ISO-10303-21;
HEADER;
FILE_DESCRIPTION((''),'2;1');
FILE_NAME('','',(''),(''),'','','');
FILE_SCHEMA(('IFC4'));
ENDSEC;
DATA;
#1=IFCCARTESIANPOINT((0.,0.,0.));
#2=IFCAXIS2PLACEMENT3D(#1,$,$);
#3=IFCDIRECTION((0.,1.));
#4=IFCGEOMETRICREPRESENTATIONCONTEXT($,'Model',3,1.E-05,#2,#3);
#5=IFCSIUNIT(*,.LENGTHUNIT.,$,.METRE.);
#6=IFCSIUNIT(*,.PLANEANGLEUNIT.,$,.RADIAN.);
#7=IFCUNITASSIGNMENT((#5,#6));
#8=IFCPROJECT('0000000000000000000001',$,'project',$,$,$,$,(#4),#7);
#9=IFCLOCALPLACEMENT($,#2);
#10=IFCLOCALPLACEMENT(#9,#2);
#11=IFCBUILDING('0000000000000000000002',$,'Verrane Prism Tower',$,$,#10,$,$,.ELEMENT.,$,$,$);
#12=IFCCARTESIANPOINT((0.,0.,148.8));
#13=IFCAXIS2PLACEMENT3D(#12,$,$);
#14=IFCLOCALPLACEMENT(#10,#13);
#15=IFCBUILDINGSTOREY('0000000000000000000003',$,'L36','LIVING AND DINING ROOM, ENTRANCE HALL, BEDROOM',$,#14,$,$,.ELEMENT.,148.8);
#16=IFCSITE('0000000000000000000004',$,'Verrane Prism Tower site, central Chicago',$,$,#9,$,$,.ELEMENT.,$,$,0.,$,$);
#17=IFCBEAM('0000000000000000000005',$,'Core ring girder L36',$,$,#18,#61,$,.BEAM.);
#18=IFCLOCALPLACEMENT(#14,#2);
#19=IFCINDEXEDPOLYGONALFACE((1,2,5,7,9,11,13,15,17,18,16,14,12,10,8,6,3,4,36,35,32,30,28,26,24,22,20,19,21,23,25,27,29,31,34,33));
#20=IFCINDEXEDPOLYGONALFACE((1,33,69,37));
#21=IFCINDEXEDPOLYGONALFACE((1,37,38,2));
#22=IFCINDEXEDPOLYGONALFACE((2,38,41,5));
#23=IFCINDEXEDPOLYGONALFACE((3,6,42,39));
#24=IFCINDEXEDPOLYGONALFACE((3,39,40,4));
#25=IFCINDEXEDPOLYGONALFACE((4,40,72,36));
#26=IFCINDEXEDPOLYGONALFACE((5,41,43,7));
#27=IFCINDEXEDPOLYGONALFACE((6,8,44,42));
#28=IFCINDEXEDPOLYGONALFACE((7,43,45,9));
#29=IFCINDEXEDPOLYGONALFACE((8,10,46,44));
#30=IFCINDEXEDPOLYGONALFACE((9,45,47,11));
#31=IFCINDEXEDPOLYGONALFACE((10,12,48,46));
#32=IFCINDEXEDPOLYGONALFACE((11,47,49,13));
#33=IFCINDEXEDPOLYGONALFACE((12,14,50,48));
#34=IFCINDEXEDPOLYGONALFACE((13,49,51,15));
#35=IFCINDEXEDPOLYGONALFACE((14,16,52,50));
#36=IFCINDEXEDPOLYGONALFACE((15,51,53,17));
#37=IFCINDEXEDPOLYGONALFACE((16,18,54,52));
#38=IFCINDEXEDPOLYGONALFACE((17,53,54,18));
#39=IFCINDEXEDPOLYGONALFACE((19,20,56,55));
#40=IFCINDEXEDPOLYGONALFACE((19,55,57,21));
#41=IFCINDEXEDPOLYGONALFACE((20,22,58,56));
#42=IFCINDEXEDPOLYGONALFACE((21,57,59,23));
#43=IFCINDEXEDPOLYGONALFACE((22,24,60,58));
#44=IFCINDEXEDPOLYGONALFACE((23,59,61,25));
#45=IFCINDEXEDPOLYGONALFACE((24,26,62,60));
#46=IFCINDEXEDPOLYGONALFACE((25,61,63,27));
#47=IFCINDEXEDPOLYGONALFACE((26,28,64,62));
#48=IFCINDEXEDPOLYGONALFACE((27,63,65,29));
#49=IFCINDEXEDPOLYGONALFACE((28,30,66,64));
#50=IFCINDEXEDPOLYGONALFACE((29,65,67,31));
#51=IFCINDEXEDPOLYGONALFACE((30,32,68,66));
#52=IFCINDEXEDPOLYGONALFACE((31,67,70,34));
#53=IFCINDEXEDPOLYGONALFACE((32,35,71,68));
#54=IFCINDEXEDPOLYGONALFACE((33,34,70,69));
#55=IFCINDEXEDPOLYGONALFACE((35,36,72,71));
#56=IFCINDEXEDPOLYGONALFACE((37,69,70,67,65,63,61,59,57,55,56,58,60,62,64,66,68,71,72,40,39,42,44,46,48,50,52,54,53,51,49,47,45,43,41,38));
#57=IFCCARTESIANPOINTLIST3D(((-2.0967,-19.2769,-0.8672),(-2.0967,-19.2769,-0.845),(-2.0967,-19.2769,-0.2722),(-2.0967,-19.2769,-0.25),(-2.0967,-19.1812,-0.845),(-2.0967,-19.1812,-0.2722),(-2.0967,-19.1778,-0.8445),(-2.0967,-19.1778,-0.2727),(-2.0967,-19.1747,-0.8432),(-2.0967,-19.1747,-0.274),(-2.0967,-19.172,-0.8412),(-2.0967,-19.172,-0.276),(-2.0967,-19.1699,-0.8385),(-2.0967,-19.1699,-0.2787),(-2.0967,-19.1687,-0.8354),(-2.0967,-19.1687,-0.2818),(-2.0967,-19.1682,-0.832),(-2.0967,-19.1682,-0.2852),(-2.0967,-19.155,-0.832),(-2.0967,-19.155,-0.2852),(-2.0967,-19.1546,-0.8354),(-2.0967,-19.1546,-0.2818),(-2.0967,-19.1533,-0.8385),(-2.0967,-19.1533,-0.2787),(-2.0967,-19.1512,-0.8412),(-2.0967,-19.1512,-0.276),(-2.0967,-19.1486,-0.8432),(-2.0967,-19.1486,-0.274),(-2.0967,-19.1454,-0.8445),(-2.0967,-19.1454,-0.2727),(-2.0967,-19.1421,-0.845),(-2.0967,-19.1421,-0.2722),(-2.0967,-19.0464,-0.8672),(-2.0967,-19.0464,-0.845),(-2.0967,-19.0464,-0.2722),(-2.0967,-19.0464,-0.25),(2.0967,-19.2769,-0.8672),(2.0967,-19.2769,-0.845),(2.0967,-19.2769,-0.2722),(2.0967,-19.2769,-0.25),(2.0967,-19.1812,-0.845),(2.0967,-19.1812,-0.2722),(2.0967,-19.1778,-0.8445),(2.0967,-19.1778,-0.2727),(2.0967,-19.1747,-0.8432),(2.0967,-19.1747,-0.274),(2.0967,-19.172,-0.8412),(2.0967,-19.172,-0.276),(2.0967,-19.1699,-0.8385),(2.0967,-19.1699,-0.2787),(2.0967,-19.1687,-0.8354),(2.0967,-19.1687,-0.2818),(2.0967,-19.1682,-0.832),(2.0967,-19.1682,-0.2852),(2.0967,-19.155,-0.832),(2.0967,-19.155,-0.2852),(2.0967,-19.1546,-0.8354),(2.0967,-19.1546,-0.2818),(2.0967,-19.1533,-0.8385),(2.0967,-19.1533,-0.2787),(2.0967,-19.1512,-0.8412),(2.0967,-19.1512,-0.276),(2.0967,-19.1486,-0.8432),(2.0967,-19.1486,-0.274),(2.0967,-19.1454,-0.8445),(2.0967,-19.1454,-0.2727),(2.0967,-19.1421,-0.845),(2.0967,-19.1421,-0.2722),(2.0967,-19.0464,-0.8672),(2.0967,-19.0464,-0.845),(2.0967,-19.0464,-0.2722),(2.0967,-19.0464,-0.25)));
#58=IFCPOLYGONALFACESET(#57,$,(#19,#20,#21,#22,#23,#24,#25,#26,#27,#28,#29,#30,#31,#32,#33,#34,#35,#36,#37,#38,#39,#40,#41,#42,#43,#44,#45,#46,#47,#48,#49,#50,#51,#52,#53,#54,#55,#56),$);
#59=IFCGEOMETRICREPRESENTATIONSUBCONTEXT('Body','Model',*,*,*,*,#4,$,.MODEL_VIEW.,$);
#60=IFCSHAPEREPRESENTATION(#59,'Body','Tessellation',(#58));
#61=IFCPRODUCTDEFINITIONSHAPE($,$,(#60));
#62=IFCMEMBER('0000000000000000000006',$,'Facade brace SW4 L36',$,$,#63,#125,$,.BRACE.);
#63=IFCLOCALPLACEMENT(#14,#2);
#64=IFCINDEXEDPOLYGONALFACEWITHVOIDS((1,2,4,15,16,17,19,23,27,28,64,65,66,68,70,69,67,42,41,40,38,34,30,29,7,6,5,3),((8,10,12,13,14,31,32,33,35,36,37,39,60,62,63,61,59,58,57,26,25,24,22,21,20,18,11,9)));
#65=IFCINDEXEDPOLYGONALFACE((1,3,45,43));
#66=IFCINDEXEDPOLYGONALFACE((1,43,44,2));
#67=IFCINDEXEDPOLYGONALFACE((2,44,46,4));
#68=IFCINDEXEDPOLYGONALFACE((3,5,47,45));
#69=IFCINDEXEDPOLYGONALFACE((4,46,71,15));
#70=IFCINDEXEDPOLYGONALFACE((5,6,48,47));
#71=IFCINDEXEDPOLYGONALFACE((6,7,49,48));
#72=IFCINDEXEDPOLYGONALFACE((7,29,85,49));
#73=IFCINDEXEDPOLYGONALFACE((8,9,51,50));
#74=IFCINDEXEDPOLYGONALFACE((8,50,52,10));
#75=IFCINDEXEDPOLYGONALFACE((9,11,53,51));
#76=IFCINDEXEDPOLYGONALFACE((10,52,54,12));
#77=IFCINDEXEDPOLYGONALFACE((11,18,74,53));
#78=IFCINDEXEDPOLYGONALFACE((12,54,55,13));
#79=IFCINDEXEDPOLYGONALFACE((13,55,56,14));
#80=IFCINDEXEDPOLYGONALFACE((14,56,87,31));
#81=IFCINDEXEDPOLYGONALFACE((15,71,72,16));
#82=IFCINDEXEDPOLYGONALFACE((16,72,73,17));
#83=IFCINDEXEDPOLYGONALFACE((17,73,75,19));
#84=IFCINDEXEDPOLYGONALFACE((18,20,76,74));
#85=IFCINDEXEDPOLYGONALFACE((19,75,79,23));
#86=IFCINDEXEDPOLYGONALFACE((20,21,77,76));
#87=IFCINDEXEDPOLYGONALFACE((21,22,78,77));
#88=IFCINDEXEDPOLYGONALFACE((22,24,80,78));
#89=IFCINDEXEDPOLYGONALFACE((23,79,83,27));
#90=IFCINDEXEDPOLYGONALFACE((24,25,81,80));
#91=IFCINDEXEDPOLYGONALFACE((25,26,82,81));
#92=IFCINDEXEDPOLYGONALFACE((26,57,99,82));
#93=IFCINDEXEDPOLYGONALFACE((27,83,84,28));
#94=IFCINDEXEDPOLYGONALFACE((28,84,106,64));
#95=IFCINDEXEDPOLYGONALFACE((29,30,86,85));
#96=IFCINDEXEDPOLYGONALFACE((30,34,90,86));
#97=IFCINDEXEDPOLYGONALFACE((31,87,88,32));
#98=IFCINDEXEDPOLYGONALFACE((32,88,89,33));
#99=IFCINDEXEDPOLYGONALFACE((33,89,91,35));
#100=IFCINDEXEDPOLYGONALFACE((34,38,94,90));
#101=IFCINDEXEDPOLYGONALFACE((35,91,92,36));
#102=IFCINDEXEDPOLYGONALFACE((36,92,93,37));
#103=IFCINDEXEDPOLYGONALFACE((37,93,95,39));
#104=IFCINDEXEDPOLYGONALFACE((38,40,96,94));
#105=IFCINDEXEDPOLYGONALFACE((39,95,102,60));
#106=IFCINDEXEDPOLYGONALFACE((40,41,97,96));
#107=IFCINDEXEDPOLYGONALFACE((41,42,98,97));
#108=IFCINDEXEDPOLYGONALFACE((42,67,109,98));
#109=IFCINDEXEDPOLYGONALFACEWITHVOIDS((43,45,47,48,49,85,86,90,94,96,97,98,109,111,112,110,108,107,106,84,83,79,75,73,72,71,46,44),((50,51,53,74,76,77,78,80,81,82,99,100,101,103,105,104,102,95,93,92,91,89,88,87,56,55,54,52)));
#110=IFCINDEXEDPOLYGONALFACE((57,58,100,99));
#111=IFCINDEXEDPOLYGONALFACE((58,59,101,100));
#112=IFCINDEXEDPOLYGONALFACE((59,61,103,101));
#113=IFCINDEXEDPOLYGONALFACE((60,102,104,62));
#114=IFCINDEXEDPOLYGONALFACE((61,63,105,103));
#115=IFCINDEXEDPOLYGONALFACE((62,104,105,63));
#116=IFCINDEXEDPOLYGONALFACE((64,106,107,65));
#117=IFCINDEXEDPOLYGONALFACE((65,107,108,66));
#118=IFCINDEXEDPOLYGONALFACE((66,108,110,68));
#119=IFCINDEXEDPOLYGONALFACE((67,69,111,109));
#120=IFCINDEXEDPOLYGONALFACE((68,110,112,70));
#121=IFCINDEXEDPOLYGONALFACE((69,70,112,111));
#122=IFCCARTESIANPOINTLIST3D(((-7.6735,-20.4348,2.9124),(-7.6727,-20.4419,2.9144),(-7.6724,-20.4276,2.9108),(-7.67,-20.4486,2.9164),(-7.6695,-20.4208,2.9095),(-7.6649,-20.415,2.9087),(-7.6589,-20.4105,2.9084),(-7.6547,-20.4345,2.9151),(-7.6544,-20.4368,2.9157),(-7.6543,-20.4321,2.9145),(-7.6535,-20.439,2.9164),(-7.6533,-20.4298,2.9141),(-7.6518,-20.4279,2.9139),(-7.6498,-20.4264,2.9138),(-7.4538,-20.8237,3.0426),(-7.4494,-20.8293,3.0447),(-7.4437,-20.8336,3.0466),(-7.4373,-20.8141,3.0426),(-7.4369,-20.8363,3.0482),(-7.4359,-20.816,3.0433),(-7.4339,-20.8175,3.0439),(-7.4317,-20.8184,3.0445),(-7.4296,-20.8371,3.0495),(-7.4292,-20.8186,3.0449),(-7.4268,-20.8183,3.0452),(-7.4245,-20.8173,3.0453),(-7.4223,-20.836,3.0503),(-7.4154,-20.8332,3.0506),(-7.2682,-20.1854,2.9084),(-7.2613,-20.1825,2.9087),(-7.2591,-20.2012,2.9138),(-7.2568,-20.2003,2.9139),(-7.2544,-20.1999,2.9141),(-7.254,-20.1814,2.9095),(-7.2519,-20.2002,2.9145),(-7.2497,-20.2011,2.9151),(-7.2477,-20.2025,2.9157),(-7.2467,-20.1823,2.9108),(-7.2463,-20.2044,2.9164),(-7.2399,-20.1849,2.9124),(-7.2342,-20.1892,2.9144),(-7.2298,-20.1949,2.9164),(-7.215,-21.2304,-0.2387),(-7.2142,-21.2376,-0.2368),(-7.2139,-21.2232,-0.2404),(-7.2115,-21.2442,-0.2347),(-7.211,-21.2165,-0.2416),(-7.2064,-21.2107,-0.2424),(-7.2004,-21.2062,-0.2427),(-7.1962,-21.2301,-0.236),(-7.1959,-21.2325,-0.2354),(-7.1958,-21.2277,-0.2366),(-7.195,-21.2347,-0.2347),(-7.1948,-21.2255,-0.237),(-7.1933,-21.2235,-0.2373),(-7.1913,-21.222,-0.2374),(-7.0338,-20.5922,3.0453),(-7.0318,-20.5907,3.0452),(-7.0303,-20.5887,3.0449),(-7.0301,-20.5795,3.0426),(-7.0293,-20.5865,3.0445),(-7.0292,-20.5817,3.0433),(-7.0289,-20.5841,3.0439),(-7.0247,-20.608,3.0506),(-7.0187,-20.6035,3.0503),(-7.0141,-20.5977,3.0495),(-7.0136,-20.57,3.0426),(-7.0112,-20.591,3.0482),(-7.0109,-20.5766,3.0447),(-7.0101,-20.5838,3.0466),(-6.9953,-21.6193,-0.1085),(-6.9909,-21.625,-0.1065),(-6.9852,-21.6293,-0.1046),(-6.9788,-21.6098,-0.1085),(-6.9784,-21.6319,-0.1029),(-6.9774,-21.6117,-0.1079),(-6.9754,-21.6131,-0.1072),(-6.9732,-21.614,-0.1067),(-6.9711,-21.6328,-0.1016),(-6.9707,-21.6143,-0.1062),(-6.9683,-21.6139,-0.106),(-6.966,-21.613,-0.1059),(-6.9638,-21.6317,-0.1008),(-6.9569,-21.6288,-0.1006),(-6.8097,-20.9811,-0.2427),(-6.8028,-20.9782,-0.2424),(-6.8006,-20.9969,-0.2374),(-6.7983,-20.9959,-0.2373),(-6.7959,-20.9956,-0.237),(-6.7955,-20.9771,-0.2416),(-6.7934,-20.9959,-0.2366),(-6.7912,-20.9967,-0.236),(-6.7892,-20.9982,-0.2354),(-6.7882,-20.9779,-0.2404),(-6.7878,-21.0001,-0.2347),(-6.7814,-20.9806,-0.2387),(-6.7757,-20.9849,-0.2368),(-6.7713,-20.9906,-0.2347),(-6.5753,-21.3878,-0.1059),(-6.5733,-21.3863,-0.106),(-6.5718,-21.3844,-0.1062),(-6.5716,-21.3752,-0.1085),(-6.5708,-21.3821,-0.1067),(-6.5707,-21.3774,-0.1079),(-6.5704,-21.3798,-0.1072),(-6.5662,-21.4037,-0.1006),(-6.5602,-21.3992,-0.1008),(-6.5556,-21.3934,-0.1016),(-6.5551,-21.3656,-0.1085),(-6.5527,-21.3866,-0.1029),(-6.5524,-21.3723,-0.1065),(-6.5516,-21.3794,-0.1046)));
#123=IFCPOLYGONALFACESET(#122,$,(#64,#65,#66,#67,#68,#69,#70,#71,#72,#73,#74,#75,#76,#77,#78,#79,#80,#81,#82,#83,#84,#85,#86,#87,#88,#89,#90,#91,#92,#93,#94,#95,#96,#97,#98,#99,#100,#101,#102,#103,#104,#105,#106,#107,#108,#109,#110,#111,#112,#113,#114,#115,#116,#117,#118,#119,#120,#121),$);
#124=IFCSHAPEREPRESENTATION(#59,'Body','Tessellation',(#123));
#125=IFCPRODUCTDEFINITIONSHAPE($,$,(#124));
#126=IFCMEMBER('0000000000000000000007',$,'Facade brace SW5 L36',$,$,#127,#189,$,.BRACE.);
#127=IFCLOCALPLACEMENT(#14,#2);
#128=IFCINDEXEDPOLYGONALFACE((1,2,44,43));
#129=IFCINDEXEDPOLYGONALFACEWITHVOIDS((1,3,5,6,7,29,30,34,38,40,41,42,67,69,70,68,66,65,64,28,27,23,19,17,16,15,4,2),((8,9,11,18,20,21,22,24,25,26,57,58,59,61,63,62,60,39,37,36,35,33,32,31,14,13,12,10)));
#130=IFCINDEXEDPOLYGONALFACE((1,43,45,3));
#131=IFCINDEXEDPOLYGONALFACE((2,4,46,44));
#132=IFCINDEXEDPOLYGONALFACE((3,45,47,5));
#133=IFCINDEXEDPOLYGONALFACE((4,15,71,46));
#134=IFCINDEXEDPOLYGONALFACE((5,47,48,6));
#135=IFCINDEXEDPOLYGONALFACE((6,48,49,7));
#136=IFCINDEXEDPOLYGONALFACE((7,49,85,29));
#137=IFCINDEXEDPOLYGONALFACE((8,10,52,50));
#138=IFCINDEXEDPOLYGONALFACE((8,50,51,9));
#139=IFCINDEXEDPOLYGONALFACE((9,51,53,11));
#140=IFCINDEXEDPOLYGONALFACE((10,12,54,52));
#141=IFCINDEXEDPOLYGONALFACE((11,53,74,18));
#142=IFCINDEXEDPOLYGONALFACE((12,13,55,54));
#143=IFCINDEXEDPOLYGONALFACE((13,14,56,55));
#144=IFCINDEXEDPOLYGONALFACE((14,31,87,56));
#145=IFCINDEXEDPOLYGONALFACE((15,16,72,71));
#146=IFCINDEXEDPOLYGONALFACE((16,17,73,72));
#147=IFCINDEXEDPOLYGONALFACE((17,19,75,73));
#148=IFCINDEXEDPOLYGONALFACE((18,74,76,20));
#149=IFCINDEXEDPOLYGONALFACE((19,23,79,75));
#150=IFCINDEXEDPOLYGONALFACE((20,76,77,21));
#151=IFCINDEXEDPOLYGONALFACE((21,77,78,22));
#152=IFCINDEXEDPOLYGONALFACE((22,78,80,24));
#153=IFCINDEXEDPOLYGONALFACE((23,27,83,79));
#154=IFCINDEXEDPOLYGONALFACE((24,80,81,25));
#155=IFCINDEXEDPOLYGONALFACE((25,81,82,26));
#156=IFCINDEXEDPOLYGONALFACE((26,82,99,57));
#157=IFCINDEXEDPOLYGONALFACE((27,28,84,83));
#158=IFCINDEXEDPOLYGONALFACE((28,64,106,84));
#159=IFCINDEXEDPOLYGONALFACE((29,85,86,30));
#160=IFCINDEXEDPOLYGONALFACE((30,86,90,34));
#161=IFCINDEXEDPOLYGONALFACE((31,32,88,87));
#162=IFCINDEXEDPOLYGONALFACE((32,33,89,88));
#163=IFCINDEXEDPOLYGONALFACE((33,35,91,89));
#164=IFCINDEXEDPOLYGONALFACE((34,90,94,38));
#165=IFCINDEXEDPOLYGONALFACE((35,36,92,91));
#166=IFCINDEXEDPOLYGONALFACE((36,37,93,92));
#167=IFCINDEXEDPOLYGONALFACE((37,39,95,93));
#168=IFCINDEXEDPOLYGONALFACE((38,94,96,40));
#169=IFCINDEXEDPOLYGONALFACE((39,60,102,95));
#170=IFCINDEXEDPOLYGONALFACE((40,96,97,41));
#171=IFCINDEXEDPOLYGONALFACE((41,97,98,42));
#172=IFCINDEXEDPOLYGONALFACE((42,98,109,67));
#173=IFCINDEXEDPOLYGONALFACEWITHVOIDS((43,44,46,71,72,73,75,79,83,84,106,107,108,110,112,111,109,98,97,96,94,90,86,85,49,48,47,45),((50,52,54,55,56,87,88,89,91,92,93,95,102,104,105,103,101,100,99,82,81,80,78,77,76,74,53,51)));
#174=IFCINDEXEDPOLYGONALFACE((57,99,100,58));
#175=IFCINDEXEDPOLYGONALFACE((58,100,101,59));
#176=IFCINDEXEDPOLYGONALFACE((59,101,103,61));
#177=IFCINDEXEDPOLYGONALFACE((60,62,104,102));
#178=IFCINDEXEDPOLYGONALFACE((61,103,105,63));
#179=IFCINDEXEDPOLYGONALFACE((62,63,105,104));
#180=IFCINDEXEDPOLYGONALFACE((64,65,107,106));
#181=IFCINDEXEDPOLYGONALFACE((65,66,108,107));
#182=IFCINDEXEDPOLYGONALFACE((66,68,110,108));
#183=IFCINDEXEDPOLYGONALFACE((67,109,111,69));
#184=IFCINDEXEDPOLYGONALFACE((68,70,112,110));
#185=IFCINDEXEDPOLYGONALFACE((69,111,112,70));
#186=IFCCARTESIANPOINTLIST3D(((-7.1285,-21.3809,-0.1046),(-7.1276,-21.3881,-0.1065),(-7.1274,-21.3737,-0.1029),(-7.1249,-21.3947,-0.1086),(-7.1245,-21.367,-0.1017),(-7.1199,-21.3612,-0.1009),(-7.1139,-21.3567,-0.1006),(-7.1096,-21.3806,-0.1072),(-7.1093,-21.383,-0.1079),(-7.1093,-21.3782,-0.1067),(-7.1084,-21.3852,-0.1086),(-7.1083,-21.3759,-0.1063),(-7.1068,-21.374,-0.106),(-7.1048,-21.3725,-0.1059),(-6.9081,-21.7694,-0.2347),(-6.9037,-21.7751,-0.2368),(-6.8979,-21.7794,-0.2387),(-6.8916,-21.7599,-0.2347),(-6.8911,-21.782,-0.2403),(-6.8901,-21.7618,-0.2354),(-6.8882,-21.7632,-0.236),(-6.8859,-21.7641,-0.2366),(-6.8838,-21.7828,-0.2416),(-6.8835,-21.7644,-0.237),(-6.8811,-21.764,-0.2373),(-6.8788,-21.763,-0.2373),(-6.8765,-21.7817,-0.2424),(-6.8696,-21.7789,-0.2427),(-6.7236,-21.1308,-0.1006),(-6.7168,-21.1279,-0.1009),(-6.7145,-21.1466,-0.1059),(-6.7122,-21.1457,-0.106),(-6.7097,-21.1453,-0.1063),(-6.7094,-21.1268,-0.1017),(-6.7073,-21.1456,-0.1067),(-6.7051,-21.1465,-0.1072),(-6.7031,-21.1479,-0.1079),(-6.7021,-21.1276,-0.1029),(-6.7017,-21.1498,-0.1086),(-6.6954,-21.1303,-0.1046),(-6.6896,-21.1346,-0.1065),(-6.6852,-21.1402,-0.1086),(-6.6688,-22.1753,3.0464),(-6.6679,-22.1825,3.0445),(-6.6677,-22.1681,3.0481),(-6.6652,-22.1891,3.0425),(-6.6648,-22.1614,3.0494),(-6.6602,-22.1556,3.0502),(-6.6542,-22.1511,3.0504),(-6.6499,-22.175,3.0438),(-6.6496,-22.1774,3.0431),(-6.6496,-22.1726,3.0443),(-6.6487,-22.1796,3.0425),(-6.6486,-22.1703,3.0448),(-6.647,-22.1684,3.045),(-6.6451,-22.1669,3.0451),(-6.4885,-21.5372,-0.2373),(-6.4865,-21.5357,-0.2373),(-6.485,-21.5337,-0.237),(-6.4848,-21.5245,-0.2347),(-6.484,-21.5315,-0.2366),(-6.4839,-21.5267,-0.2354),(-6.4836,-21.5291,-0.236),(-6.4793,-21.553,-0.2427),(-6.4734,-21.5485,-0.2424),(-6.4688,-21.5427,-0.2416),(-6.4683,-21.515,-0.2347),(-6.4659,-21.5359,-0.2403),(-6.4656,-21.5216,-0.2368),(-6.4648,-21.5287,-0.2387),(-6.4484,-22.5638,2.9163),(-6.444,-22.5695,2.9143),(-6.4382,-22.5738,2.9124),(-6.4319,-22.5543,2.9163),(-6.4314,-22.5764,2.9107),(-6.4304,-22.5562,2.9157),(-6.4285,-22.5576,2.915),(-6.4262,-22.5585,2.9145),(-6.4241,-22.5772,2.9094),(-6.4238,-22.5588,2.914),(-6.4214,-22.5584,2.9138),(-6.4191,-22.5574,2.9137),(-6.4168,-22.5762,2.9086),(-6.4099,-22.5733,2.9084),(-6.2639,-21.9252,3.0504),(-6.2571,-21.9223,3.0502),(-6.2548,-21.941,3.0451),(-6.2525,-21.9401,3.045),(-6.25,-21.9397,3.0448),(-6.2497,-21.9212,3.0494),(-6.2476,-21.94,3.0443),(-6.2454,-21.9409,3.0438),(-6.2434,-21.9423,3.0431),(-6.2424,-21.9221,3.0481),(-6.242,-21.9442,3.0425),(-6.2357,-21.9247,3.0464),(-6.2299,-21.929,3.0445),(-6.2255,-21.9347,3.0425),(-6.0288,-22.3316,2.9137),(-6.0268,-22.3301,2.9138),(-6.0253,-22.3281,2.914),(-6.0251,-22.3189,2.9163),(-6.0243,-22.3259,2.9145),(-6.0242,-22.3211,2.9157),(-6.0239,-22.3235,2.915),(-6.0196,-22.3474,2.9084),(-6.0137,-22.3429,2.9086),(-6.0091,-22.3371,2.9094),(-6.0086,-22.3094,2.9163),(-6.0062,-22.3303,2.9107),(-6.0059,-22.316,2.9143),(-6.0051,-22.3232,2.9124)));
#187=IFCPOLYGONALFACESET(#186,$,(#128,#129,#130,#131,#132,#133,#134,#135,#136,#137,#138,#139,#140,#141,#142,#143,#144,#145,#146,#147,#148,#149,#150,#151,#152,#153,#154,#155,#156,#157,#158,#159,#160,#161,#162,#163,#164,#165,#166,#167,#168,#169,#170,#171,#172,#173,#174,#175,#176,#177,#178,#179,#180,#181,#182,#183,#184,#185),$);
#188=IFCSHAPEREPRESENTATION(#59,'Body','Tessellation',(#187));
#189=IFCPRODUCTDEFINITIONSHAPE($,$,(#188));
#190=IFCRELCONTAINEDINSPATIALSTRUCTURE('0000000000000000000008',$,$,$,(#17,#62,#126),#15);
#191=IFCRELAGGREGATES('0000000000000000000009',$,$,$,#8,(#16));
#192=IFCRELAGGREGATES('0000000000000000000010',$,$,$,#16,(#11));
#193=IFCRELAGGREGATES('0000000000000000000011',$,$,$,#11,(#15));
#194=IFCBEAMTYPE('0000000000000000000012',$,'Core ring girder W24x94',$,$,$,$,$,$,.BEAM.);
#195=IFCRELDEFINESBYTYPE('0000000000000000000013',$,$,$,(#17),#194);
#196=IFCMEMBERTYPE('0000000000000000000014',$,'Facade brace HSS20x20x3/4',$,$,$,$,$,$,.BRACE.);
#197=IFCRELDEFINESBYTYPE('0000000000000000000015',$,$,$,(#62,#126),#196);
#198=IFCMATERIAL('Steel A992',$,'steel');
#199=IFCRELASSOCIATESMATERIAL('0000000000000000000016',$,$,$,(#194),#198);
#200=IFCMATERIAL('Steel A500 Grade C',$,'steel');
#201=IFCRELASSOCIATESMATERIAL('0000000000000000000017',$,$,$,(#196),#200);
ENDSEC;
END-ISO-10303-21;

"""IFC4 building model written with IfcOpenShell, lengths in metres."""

from ifc_helpers import new_model, si_unit, direction, frame, origin, origin_2d, place, context, subcontext, project, spatial, hollow_rectangle, i_section, extrude, material, material_profile, profile_set, type_object, element, save


model = new_model("IFC4")

# Units and contexts
model_context = context("Model", 3, precision=1e-05, world=origin(), true_north=direction((0.0, 1.0)))
body_context = subcontext(model_context, "Body", "Model", "MODEL_VIEW")
ifc_project = project(units=[si_unit("LENGTHUNIT", "METRE"), si_unit("PLANEANGLEUNIT", "RADIAN")], contexts=[model_context])

# Site, building, storey
site_placement = place(None, origin())
site = spatial("IfcSite", under=ifc_project, at=site_placement, Name="Verrane Prism Tower site, central Chicago", CompositionType="ELEMENT", RefElevation=0.0)
building_placement = place(site_placement, origin())
building = spatial("IfcBuilding", under=site, at=building_placement, Name="Verrane Prism Tower", CompositionType="ELEMENT")
storey_placement = place(building_placement, frame((0.0, 0.0, 148.8)))
storey = spatial("IfcBuildingStorey", under=building, at=storey_placement, Name="L36", Description="LIVING AND DINING ROOM, ENTRANCE HALL, BEDROOM", CompositionType="ELEMENT", Elevation=148.8)

# Beam
ifc_material_1 = material(Name="Steel A992", Category="steel")
ifc_material_profile_1 = material_profile(ifc_material_1, i_section(OverallWidth=0.2305, OverallDepth=0.6172, WebThickness=0.0132, FlangeThickness=0.0222, FilletRadius=0.0129, at=origin_2d()), Name="W24x94")
ifc_profile_set_1 = profile_set([ifc_material_profile_1], Name="Steel A992")
beam_type_1 = type_object("IfcBeamType", Name="Core ring girder W24x94", PredefinedType="BEAM", material=ifc_profile_set_1)
beam_1_placement = place(storey_placement, frame((-2.0967, -19.1616, -0.5586), z_axis=(1.0, 0.0, 0.0), x_axis=(0.0, 1.0, 0.0)))
element("IfcBeam", 1, at=beam_1_placement, inside=storey, type_object=beam_type_1, Name="Core ring girder L36", PredefinedType="BEAM", context=body_context, shape_type="SweptSolid", body=[
    extrude(i_section(OverallWidth=0.2305, OverallDepth=0.6172, WebThickness=0.0132, FlangeThickness=0.0222, FilletRadius=0.0129, at=origin_2d()), origin(), (0.0, 0.0, 1.0), 4.1934),
])

# Members
ifc_material_2 = material(Name="Steel A500 Grade C", Category="steel")
ifc_material_profile_2 = material_profile(ifc_material_2, hollow_rectangle(XDim=0.5081, YDim=0.5081, WallThickness=0.019, InnerFilletRadius=0.0095, OuterFilletRadius=0.0286, at=origin_2d()), Name="HSS20x20x3/4")
ifc_profile_set_2 = profile_set([ifc_material_profile_2], Name="Steel A500 Grade C")
member_type_1 = type_object("IfcMemberType", Name="Facade brace HSS20x20x3/4", PredefinedType="BRACE", material=ifc_profile_set_2)
member_1_placement = place(storey_placement, frame((-6.8833, -21.3049, -0.1716), z_axis=(-0.139692, 0.242415, 0.960063), x_axis=(-0.866438, -0.499285, 0.0)))
element("IfcMember", 2, at=member_1_placement, inside=storey, type_object=member_type_1, Name="Facade brace SW4 L36", PredefinedType="BRACE", context=body_context, shape_type="SweptSolid", body=[
    extrude(hollow_rectangle(XDim=0.5081, YDim=0.5081, WallThickness=0.019, InnerFilletRadius=0.0095, OuterFilletRadius=0.0286, at=origin_2d()), origin(), (0.0, 0.0, 1.0), 3.2822),
])
member_2_placement = place(storey_placement, frame((-6.7966, -21.4548, -0.1716), z_axis=(0.140069, -0.242052, 0.9601), x_axis=(0.865529, 0.500858, 0.0)))
element("IfcMember", 3, at=member_2_placement, inside=storey, type_object=member_type_1, Name="Facade brace SW5 L36", PredefinedType="BRACE", context=body_context, shape_type="SweptSolid", body=[
    extrude(hollow_rectangle(XDim=0.5081, YDim=0.5081, WallThickness=0.019, InnerFilletRadius=0.0095, OuterFilletRadius=0.0286, at=origin_2d()), origin(), (0.0, 0.0, 1.0), 3.282),
])

save(model, "model.ifc")
